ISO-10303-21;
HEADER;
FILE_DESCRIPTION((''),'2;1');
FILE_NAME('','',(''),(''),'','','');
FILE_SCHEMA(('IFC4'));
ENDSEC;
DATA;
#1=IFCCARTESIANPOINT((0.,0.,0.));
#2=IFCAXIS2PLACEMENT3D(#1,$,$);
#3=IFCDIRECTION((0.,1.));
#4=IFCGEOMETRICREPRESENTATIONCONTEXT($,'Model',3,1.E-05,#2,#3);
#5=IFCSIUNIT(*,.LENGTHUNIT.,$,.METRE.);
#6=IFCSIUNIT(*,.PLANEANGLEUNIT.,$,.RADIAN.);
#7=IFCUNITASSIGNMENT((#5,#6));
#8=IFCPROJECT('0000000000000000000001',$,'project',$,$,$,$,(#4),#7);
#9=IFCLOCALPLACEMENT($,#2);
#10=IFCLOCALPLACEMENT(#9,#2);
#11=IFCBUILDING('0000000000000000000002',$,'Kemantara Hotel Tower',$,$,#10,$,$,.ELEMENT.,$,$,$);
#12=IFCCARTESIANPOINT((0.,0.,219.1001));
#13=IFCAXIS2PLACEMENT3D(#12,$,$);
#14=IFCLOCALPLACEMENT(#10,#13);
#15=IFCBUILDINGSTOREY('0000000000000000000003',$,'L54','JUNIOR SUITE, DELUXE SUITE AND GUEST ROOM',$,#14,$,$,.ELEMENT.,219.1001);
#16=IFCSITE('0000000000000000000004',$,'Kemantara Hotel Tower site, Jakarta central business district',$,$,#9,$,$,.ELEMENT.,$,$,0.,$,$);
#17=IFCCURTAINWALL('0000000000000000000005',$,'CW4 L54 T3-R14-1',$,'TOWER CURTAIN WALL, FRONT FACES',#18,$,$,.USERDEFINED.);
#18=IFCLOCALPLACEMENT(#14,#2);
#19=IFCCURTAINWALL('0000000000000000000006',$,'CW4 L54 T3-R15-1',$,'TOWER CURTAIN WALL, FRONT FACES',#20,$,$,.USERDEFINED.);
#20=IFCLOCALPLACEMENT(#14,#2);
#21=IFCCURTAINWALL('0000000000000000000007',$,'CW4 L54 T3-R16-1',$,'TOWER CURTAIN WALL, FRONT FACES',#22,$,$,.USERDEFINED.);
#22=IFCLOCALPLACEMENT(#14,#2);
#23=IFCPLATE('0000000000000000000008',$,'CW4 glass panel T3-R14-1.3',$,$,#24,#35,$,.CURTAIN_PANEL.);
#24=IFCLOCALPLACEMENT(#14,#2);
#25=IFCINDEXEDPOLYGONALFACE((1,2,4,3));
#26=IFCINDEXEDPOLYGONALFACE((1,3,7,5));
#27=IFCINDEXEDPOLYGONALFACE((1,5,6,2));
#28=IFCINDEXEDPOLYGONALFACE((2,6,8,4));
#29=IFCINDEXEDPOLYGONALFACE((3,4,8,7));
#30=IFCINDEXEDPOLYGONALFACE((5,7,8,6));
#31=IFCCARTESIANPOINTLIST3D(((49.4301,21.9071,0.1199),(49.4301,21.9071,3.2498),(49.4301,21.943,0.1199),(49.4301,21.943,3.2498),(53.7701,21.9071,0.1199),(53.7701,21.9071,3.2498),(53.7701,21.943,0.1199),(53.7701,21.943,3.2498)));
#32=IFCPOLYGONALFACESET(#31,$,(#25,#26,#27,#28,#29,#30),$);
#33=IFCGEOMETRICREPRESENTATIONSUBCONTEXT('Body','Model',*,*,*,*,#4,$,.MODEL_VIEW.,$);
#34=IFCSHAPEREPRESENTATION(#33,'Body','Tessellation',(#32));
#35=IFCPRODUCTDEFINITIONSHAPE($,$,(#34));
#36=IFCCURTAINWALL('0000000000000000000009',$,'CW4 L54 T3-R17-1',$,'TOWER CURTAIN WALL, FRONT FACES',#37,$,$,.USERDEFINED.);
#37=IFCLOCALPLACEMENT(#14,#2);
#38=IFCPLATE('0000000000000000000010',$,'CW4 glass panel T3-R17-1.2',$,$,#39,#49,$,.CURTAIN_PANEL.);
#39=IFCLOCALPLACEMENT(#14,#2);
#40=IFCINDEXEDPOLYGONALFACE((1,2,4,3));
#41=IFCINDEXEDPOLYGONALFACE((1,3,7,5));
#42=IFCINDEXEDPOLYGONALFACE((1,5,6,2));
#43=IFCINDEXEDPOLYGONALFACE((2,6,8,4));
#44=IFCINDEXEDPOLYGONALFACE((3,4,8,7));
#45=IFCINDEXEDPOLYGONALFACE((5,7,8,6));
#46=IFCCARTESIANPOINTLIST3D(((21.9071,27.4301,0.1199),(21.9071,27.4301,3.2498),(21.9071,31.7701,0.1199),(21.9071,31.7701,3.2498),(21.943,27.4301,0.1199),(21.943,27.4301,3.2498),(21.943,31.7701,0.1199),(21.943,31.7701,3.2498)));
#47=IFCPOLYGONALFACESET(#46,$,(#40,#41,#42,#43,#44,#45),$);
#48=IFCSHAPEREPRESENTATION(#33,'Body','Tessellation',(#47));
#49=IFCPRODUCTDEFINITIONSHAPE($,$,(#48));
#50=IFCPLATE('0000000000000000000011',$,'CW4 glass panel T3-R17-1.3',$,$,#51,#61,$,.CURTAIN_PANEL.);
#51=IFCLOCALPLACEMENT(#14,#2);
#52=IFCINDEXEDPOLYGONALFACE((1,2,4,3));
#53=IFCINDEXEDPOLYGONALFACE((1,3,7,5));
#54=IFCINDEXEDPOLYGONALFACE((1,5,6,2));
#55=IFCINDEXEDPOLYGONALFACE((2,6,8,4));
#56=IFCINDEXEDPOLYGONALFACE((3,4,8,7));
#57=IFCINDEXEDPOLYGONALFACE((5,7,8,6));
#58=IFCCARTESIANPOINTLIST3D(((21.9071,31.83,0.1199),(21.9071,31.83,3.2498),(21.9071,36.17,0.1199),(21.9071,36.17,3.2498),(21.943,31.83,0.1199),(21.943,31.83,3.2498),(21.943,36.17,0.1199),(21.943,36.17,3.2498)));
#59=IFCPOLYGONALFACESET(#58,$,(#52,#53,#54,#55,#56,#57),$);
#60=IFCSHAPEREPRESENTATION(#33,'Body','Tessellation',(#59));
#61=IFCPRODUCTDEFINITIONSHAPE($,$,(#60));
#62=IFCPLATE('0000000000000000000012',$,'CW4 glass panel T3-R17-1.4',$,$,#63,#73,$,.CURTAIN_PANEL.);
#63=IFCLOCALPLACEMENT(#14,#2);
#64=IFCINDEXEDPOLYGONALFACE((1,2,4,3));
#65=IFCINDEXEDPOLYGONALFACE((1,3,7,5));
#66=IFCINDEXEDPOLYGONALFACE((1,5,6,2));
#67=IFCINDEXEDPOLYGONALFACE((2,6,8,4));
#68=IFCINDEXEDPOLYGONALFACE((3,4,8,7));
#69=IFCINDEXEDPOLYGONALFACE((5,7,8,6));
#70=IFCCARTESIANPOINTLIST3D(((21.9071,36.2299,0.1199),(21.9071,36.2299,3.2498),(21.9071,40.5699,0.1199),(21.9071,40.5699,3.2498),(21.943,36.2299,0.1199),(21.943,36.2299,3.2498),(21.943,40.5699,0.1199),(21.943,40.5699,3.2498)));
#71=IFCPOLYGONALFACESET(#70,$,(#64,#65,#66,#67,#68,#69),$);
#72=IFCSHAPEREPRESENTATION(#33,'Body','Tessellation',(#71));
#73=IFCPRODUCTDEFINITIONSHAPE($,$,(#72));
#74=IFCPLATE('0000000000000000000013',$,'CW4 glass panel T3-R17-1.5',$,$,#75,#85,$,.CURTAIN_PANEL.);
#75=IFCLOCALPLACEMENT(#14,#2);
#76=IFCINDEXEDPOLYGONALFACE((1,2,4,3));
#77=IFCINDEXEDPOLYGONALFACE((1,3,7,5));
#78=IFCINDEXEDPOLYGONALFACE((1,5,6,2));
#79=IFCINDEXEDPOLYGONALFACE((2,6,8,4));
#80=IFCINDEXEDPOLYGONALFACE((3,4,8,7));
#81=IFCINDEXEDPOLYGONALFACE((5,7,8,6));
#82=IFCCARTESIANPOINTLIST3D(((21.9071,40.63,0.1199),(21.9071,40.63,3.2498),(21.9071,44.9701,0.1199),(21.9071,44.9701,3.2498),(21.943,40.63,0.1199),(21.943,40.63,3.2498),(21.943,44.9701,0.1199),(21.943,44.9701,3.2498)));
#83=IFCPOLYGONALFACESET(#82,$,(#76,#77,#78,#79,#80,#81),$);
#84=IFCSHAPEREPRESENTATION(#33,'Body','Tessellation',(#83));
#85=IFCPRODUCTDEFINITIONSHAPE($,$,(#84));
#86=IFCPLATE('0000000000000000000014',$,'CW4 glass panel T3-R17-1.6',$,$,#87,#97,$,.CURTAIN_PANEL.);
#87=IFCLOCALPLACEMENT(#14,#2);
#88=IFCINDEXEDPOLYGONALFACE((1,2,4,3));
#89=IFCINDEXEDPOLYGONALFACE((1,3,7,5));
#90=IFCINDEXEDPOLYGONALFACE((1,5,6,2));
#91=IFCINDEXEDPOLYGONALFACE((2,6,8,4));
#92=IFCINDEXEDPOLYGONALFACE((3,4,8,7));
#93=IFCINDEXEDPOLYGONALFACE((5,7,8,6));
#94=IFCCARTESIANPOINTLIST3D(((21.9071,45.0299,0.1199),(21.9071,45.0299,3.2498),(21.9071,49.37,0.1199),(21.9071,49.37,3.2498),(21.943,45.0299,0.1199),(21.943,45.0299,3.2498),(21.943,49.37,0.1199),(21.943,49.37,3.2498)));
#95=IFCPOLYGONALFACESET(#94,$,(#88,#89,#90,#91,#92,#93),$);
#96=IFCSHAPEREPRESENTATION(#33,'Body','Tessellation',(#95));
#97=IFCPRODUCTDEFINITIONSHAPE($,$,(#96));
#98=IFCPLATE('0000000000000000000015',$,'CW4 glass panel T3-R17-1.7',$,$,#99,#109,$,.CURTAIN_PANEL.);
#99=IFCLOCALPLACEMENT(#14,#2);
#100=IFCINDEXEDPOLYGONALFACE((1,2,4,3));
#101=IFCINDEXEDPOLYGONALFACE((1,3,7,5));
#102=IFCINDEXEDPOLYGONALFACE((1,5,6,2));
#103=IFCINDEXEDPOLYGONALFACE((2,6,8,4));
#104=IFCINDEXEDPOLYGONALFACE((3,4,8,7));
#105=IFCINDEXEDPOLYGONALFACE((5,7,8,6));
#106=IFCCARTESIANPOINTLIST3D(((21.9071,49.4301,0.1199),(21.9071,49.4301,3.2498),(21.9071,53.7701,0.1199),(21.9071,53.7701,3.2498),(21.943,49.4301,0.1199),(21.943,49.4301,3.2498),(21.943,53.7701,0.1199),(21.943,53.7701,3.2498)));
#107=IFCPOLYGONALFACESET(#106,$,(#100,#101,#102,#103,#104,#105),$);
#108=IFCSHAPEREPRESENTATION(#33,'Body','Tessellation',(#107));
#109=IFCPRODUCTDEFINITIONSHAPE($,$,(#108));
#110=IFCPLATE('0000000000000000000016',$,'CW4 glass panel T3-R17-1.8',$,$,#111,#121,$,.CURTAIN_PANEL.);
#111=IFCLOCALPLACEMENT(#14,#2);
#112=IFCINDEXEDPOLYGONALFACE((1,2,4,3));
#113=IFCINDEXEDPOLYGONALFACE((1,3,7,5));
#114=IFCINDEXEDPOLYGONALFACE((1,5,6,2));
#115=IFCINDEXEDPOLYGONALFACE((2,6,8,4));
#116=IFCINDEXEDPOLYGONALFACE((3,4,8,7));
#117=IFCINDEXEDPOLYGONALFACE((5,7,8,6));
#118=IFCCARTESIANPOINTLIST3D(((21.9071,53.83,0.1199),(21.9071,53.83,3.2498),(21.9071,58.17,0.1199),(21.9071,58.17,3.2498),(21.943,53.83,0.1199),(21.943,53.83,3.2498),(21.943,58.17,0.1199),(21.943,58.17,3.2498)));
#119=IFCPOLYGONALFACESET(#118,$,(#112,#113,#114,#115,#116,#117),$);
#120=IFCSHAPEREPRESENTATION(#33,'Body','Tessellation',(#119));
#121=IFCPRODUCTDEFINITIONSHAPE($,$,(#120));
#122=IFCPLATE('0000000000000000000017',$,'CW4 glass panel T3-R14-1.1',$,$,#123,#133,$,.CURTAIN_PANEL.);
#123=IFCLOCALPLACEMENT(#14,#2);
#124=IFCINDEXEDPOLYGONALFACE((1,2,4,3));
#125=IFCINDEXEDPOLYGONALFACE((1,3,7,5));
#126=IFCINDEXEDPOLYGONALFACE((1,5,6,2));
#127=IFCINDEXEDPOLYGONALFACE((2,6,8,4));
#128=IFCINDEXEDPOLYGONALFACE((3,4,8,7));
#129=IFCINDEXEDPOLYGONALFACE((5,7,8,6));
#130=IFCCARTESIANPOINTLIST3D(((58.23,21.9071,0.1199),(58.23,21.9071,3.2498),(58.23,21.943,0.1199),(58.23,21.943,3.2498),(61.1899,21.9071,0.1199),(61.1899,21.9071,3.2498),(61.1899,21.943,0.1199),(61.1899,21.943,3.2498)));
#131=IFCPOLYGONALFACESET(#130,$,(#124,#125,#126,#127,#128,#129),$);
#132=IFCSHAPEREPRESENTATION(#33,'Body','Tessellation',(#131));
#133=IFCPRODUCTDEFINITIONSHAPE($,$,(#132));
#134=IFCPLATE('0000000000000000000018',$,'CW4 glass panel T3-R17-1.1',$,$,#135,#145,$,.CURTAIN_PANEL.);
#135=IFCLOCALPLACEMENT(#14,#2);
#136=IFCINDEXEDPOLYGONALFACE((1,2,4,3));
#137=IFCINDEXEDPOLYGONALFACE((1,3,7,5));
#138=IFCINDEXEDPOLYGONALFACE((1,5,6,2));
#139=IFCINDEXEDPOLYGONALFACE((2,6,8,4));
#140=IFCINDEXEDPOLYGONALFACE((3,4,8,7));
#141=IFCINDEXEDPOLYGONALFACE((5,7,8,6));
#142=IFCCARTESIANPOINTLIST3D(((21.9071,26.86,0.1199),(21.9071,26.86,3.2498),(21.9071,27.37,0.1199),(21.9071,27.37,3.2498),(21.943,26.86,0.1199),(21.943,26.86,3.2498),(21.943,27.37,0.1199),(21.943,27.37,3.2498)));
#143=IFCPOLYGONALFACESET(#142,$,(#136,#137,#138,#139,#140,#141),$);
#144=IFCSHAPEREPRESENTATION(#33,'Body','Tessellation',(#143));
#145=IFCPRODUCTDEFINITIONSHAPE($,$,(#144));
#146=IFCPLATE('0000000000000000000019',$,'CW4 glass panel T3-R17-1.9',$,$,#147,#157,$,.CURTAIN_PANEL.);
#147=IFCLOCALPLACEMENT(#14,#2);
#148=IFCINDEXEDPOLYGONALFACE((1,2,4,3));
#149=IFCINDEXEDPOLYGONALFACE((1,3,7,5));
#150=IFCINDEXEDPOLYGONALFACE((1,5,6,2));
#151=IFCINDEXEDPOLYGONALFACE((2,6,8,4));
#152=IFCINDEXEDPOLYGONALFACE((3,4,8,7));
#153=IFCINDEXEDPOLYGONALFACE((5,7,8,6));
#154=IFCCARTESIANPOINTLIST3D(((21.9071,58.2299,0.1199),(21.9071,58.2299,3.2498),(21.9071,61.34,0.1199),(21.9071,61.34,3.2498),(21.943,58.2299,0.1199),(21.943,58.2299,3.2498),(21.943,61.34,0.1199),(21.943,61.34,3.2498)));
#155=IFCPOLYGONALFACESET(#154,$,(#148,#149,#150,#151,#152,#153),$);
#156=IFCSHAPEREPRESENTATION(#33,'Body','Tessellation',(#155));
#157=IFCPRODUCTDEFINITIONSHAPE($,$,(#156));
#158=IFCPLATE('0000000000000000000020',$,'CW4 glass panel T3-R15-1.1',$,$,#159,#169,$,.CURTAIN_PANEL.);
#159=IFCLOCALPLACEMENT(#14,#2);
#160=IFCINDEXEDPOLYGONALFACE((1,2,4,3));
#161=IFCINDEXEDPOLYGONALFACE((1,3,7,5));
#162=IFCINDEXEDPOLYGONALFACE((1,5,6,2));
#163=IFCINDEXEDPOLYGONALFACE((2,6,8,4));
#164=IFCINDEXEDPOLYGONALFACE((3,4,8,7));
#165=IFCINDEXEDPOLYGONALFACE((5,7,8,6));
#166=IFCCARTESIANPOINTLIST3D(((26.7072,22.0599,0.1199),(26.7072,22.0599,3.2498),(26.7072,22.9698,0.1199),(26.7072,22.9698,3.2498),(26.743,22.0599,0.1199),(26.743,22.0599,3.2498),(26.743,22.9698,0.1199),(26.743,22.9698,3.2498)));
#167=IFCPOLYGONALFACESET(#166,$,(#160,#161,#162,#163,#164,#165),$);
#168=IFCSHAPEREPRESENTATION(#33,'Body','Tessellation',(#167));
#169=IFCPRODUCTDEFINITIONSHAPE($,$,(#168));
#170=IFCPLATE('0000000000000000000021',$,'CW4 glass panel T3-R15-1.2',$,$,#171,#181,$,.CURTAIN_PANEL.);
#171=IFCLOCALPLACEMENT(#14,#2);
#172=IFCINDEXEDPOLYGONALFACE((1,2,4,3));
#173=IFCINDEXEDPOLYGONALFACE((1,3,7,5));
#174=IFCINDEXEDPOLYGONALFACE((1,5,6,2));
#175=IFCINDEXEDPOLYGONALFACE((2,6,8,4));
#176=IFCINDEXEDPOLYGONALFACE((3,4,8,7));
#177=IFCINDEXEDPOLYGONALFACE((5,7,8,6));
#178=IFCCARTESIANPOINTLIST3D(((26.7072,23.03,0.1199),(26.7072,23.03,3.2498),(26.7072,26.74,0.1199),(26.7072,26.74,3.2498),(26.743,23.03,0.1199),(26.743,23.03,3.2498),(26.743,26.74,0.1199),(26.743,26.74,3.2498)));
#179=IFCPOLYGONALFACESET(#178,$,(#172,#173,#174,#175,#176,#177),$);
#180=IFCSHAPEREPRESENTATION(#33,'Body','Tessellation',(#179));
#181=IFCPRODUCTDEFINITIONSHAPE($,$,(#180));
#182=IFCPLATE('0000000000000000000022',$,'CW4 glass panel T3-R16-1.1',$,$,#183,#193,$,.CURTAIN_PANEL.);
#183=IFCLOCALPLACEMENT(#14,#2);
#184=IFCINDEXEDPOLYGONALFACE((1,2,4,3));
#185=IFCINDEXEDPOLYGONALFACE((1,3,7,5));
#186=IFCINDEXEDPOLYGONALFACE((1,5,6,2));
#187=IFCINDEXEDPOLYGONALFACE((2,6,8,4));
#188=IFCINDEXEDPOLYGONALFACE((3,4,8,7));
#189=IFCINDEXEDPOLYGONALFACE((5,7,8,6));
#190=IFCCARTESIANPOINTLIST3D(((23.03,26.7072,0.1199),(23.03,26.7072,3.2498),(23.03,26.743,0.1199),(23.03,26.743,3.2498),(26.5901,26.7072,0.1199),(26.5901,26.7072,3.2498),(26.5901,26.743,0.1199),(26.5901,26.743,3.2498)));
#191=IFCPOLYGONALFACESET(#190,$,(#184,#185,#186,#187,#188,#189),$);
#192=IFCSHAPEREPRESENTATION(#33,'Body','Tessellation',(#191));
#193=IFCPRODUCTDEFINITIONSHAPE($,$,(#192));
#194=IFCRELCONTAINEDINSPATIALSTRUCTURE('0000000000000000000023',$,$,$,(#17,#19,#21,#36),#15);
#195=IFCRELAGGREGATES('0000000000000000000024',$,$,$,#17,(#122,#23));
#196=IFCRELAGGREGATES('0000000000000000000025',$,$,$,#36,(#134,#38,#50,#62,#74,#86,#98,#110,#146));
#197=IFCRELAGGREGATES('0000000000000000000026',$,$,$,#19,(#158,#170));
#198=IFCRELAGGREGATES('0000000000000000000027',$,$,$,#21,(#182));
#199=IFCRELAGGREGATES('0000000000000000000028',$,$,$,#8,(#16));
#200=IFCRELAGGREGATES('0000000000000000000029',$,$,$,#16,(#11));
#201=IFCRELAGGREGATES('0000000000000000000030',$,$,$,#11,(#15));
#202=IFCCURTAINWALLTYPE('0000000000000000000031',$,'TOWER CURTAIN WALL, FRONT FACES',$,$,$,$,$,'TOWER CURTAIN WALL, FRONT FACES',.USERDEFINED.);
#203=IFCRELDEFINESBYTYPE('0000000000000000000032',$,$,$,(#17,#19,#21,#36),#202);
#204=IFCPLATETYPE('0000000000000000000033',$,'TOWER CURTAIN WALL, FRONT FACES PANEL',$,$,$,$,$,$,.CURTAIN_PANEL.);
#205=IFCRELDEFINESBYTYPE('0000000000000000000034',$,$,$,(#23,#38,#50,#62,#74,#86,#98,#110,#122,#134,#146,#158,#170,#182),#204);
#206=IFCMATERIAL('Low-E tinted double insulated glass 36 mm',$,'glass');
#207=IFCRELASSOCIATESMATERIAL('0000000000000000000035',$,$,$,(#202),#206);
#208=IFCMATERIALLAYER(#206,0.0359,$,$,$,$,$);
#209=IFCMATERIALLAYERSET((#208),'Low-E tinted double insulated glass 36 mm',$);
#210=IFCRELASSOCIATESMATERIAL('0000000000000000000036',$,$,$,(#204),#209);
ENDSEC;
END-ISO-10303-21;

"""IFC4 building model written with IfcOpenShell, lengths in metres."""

from ifc_helpers import new_model, si_unit, direction, frame, origin, origin_2d, place, context, subcontext, project, spatial, rectangle, extrude, source, transform, mapped, material, layer, layer_set, type_object, element, aggregate, save


model = new_model("IFC4")

# Units and contexts
model_context = context("Model", 3, precision=1e-05, world=origin(), true_north=direction((0.0, 1.0)))
body_context = subcontext(model_context, "Body", "Model", "MODEL_VIEW")
ifc_project = project(units=[si_unit("LENGTHUNIT", "METRE"), si_unit("PLANEANGLEUNIT", "RADIAN")], contexts=[model_context])

# Site, building, storey
site_placement = place(None, origin())
site = spatial("IfcSite", under=ifc_project, at=site_placement, Name="Kemantara Hotel Tower site, Jakarta central business district", CompositionType="ELEMENT", RefElevation=0.0)
building_placement = place(site_placement, origin())
building = spatial("IfcBuilding", under=site, at=building_placement, Name="Kemantara Hotel Tower", CompositionType="ELEMENT")
storey_placement = place(building_placement, frame((0.0, 0.0, 219.1001)))
storey = spatial("IfcBuildingStorey", under=building, at=storey_placement, Name="L54", Description="JUNIOR SUITE, DELUXE SUITE AND GUEST ROOM", CompositionType="ELEMENT", Elevation=219.1001)

# Curtain walls
ifc_material_1 = material(Name="Low-E tinted double insulated glass 36 mm", Category="glass")
curtain_wall_type = type_object("IfcCurtainWallType", Name="TOWER CURTAIN WALL, FRONT FACES", ElementType="TOWER CURTAIN WALL, FRONT FACES", PredefinedType="USERDEFINED", material=ifc_material_1)
curtain_wall_1_placement = place(storey_placement, origin())
curtain_wall_1 = element("IfcCurtainWall", 1, at=curtain_wall_1_placement, inside=storey, type_object=curtain_wall_type, Name="CW4 L54 T3-R14-1", ObjectType="TOWER CURTAIN WALL, FRONT FACES", PredefinedType="USERDEFINED")
curtain_wall_2_placement = place(storey_placement, origin())
curtain_wall_2 = element("IfcCurtainWall", 2, at=curtain_wall_2_placement, inside=storey, type_object=curtain_wall_type, Name="CW4 L54 T3-R15-1", ObjectType="TOWER CURTAIN WALL, FRONT FACES", PredefinedType="USERDEFINED")
curtain_wall_3_placement = place(storey_placement, origin())
curtain_wall_3 = element("IfcCurtainWall", 3, at=curtain_wall_3_placement, inside=storey, type_object=curtain_wall_type, Name="CW4 L54 T3-R16-1", ObjectType="TOWER CURTAIN WALL, FRONT FACES", PredefinedType="USERDEFINED")

# Plate
ifc_layer_1 = layer(ifc_material_1, 0.0359)
ifc_layer_set_1 = layer_set([ifc_layer_1], Name="Low-E tinted double insulated glass 36 mm")
plate_type = type_object("IfcPlateType", Name="TOWER CURTAIN WALL, FRONT FACES PANEL", PredefinedType="CURTAIN_PANEL", material=ifc_layer_set_1)
shared_shape_1 = source(origin(), body_context, "Body", "SweptSolid", [
    extrude(rectangle(XDim=4.3401, YDim=0.0359, at=origin_2d()), origin(), (0.0, 0.0, 1.0), 3.1299),
])
plate_1_placement = place(storey_placement, frame((51.6001, 21.925, 0.1199), z_axis=(0.0, 0.0, 1.0), x_axis=(-1.0, 0.0, 0.0)))
plate_1 = element("IfcPlate", 4, at=plate_1_placement, type_object=plate_type, Name="CW4 glass panel T3-R14-1.3", PredefinedType="CURTAIN_PANEL", context=body_context, shape_type="MappedRepresentation", body=[
    mapped(shared_shape_1, transform((0.0, 0.0, 0.0))),
])

# Curtain wall, plates
curtain_wall_4_placement = place(storey_placement, origin())
curtain_wall_4 = element("IfcCurtainWall", 5, at=curtain_wall_4_placement, inside=storey, type_object=curtain_wall_type, Name="CW4 L54 T3-R17-1", ObjectType="TOWER CURTAIN WALL, FRONT FACES", PredefinedType="USERDEFINED")
plate_2_placement = place(storey_placement, frame((21.925, 29.6001, 0.1199), z_axis=(0.0, 0.0, 1.0), x_axis=(0.0, 1.0, 0.0)))
plate_2 = element("IfcPlate", 6, at=plate_2_placement, type_object=plate_type, Name="CW4 glass panel T3-R17-1.2", PredefinedType="CURTAIN_PANEL", context=body_context, shape_type="MappedRepresentation", body=[
    mapped(shared_shape_1, transform((0.0, 0.0, 0.0))),
])
plate_3_placement = place(storey_placement, frame((21.925, 34.0, 0.1199), z_axis=(0.0, 0.0, 1.0), x_axis=(0.0, 1.0, 0.0)))
plate_3 = element("IfcPlate", 7, at=plate_3_placement, type_object=plate_type, Name="CW4 glass panel T3-R17-1.3", PredefinedType="CURTAIN_PANEL", context=body_context, shape_type="MappedRepresentation", body=[
    mapped(shared_shape_1, transform((0.0, 0.0, 0.0))),
])
plate_4_placement = place(storey_placement, frame((21.925, 38.3999, 0.1199), z_axis=(0.0, 0.0, 1.0), x_axis=(0.0, 1.0, 0.0)))
plate_4 = element("IfcPlate", 8, at=plate_4_placement, type_object=plate_type, Name="CW4 glass panel T3-R17-1.4", PredefinedType="CURTAIN_PANEL", context=body_context, shape_type="MappedRepresentation", body=[
    mapped(shared_shape_1, transform((0.0, 0.0, 0.0))),
])
plate_5_placement = place(storey_placement, frame((21.925, 42.8, 0.1199), z_axis=(0.0, 0.0, 1.0), x_axis=(0.0, 1.0, 0.0)))
plate_5 = element("IfcPlate", 9, at=plate_5_placement, type_object=plate_type, Name="CW4 glass panel T3-R17-1.5", PredefinedType="CURTAIN_PANEL", context=body_context, shape_type="MappedRepresentation", body=[
    mapped(shared_shape_1, transform((0.0, 0.0, 0.0))),
])
plate_6_placement = place(storey_placement, frame((21.925, 47.2, 0.1199), z_axis=(0.0, 0.0, 1.0), x_axis=(0.0, 1.0, 0.0)))
plate_6 = element("IfcPlate", 10, at=plate_6_placement, type_object=plate_type, Name="CW4 glass panel T3-R17-1.6", PredefinedType="CURTAIN_PANEL", context=body_context, shape_type="MappedRepresentation", body=[
    mapped(shared_shape_1, transform((0.0, 0.0, 0.0))),
])
plate_7_placement = place(storey_placement, frame((21.925, 51.6001, 0.1199), z_axis=(0.0, 0.0, 1.0), x_axis=(0.0, 1.0, 0.0)))
plate_7 = element("IfcPlate", 11, at=plate_7_placement, type_object=plate_type, Name="CW4 glass panel T3-R17-1.7", PredefinedType="CURTAIN_PANEL", context=body_context, shape_type="MappedRepresentation", body=[
    mapped(shared_shape_1, transform((0.0, 0.0, 0.0))),
])
plate_8_placement = place(storey_placement, frame((21.925, 56.0, 0.1199), z_axis=(0.0, 0.0, 1.0), x_axis=(0.0, 1.0, 0.0)))
plate_8 = element("IfcPlate", 12, at=plate_8_placement, type_object=plate_type, Name="CW4 glass panel T3-R17-1.8", PredefinedType="CURTAIN_PANEL", context=body_context, shape_type="MappedRepresentation", body=[
    mapped(shared_shape_1, transform((0.0, 0.0, 0.0))),
])

# Plates
shared_shape_2 = source(origin(), body_context, "Body", "SweptSolid", [
    extrude(rectangle(XDim=2.96, YDim=0.0359, at=origin_2d()), origin(), (0.0, 0.0, 1.0), 3.1299),
])
plate_9_placement = place(storey_placement, frame((59.71, 21.925, 0.1199), z_axis=(0.0, 0.0, 1.0), x_axis=(-1.0, 0.0, 0.0)))
plate_9 = element("IfcPlate", 13, at=plate_9_placement, type_object=plate_type, Name="CW4 glass panel T3-R14-1.1", PredefinedType="CURTAIN_PANEL", context=body_context, shape_type="MappedRepresentation", body=[
    mapped(shared_shape_2, transform((0.0, 0.0, 0.0))),
])
aggregate(curtain_wall_1, [plate_9, plate_1])
shared_shape_3 = source(origin(), body_context, "Body", "SweptSolid", [
    extrude(rectangle(XDim=0.51, YDim=0.0359, at=origin_2d()), origin(), (0.0, 0.0, 1.0), 3.1299),
])
plate_10_placement = place(storey_placement, frame((21.925, 27.115, 0.1199), z_axis=(0.0, 0.0, 1.0), x_axis=(0.0, 1.0, 0.0)))
plate_10 = element("IfcPlate", 14, at=plate_10_placement, type_object=plate_type, Name="CW4 glass panel T3-R17-1.1", PredefinedType="CURTAIN_PANEL", context=body_context, shape_type="MappedRepresentation", body=[
    mapped(shared_shape_3, transform((0.0, 0.0, 0.0))),
])
shared_shape_4 = source(origin(), body_context, "Body", "SweptSolid", [
    extrude(rectangle(XDim=3.1101, YDim=0.0359, at=origin_2d()), origin(), (0.0, 0.0, 1.0), 3.1299),
])
plate_11_placement = place(storey_placement, frame((21.925, 59.7849, 0.1199), z_axis=(0.0, 0.0, 1.0), x_axis=(0.0, 1.0, 0.0)))
plate_11 = element("IfcPlate", 15, at=plate_11_placement, type_object=plate_type, Name="CW4 glass panel T3-R17-1.9", PredefinedType="CURTAIN_PANEL", context=body_context, shape_type="MappedRepresentation", body=[
    mapped(shared_shape_4, transform((0.0, 0.0, 0.0))),
])
aggregate(curtain_wall_4, [plate_10, plate_2, plate_3, plate_4, plate_5, plate_6, plate_7, plate_8, plate_11])
shared_shape_5 = source(origin(), body_context, "Body", "SweptSolid", [
    extrude(rectangle(XDim=0.9099, YDim=0.0359, at=origin_2d()), origin(), (0.0, 0.0, 1.0), 3.1299),
])
plate_12_placement = place(storey_placement, frame((26.7251, 22.5149, 0.1199), z_axis=(0.0, 0.0, 1.0), x_axis=(0.0, 1.0, 0.0)))
plate_12 = element("IfcPlate", 16, at=plate_12_placement, type_object=plate_type, Name="CW4 glass panel T3-R15-1.1", PredefinedType="CURTAIN_PANEL", context=body_context, shape_type="MappedRepresentation", body=[
    mapped(shared_shape_5, transform((0.0, 0.0, 0.0))),
])
shared_shape_6 = source(origin(), body_context, "Body", "SweptSolid", [
    extrude(rectangle(XDim=3.71, YDim=0.0359, at=origin_2d()), origin(), (0.0, 0.0, 1.0), 3.1299),
])
plate_13_placement = place(storey_placement, frame((26.7251, 24.885, 0.1199), z_axis=(0.0, 0.0, 1.0), x_axis=(0.0, 1.0, 0.0)))
plate_13 = element("IfcPlate", 17, at=plate_13_placement, type_object=plate_type, Name="CW4 glass panel T3-R15-1.2", PredefinedType="CURTAIN_PANEL", context=body_context, shape_type="MappedRepresentation", body=[
    mapped(shared_shape_6, transform((0.0, 0.0, 0.0))),
])
aggregate(curtain_wall_2, [plate_12, plate_13])
shared_shape_7 = source(origin(), body_context, "Body", "SweptSolid", [
    extrude(rectangle(XDim=3.5601, YDim=0.0359, at=origin_2d()), origin(), (0.0, 0.0, 1.0), 3.1299),
])
plate_14_placement = place(storey_placement, frame((24.8101, 26.7251, 0.1199), z_axis=(0.0, 0.0, 1.0), x_axis=(-1.0, 0.0, 0.0)))
plate_14 = element("IfcPlate", 18, at=plate_14_placement, type_object=plate_type, Name="CW4 glass panel T3-R16-1.1", PredefinedType="CURTAIN_PANEL", context=body_context, shape_type="MappedRepresentation", body=[
    mapped(shared_shape_7, transform((0.0, 0.0, 0.0))),
])
aggregate(curtain_wall_3, [plate_14])

save(model, "model.ifc")
